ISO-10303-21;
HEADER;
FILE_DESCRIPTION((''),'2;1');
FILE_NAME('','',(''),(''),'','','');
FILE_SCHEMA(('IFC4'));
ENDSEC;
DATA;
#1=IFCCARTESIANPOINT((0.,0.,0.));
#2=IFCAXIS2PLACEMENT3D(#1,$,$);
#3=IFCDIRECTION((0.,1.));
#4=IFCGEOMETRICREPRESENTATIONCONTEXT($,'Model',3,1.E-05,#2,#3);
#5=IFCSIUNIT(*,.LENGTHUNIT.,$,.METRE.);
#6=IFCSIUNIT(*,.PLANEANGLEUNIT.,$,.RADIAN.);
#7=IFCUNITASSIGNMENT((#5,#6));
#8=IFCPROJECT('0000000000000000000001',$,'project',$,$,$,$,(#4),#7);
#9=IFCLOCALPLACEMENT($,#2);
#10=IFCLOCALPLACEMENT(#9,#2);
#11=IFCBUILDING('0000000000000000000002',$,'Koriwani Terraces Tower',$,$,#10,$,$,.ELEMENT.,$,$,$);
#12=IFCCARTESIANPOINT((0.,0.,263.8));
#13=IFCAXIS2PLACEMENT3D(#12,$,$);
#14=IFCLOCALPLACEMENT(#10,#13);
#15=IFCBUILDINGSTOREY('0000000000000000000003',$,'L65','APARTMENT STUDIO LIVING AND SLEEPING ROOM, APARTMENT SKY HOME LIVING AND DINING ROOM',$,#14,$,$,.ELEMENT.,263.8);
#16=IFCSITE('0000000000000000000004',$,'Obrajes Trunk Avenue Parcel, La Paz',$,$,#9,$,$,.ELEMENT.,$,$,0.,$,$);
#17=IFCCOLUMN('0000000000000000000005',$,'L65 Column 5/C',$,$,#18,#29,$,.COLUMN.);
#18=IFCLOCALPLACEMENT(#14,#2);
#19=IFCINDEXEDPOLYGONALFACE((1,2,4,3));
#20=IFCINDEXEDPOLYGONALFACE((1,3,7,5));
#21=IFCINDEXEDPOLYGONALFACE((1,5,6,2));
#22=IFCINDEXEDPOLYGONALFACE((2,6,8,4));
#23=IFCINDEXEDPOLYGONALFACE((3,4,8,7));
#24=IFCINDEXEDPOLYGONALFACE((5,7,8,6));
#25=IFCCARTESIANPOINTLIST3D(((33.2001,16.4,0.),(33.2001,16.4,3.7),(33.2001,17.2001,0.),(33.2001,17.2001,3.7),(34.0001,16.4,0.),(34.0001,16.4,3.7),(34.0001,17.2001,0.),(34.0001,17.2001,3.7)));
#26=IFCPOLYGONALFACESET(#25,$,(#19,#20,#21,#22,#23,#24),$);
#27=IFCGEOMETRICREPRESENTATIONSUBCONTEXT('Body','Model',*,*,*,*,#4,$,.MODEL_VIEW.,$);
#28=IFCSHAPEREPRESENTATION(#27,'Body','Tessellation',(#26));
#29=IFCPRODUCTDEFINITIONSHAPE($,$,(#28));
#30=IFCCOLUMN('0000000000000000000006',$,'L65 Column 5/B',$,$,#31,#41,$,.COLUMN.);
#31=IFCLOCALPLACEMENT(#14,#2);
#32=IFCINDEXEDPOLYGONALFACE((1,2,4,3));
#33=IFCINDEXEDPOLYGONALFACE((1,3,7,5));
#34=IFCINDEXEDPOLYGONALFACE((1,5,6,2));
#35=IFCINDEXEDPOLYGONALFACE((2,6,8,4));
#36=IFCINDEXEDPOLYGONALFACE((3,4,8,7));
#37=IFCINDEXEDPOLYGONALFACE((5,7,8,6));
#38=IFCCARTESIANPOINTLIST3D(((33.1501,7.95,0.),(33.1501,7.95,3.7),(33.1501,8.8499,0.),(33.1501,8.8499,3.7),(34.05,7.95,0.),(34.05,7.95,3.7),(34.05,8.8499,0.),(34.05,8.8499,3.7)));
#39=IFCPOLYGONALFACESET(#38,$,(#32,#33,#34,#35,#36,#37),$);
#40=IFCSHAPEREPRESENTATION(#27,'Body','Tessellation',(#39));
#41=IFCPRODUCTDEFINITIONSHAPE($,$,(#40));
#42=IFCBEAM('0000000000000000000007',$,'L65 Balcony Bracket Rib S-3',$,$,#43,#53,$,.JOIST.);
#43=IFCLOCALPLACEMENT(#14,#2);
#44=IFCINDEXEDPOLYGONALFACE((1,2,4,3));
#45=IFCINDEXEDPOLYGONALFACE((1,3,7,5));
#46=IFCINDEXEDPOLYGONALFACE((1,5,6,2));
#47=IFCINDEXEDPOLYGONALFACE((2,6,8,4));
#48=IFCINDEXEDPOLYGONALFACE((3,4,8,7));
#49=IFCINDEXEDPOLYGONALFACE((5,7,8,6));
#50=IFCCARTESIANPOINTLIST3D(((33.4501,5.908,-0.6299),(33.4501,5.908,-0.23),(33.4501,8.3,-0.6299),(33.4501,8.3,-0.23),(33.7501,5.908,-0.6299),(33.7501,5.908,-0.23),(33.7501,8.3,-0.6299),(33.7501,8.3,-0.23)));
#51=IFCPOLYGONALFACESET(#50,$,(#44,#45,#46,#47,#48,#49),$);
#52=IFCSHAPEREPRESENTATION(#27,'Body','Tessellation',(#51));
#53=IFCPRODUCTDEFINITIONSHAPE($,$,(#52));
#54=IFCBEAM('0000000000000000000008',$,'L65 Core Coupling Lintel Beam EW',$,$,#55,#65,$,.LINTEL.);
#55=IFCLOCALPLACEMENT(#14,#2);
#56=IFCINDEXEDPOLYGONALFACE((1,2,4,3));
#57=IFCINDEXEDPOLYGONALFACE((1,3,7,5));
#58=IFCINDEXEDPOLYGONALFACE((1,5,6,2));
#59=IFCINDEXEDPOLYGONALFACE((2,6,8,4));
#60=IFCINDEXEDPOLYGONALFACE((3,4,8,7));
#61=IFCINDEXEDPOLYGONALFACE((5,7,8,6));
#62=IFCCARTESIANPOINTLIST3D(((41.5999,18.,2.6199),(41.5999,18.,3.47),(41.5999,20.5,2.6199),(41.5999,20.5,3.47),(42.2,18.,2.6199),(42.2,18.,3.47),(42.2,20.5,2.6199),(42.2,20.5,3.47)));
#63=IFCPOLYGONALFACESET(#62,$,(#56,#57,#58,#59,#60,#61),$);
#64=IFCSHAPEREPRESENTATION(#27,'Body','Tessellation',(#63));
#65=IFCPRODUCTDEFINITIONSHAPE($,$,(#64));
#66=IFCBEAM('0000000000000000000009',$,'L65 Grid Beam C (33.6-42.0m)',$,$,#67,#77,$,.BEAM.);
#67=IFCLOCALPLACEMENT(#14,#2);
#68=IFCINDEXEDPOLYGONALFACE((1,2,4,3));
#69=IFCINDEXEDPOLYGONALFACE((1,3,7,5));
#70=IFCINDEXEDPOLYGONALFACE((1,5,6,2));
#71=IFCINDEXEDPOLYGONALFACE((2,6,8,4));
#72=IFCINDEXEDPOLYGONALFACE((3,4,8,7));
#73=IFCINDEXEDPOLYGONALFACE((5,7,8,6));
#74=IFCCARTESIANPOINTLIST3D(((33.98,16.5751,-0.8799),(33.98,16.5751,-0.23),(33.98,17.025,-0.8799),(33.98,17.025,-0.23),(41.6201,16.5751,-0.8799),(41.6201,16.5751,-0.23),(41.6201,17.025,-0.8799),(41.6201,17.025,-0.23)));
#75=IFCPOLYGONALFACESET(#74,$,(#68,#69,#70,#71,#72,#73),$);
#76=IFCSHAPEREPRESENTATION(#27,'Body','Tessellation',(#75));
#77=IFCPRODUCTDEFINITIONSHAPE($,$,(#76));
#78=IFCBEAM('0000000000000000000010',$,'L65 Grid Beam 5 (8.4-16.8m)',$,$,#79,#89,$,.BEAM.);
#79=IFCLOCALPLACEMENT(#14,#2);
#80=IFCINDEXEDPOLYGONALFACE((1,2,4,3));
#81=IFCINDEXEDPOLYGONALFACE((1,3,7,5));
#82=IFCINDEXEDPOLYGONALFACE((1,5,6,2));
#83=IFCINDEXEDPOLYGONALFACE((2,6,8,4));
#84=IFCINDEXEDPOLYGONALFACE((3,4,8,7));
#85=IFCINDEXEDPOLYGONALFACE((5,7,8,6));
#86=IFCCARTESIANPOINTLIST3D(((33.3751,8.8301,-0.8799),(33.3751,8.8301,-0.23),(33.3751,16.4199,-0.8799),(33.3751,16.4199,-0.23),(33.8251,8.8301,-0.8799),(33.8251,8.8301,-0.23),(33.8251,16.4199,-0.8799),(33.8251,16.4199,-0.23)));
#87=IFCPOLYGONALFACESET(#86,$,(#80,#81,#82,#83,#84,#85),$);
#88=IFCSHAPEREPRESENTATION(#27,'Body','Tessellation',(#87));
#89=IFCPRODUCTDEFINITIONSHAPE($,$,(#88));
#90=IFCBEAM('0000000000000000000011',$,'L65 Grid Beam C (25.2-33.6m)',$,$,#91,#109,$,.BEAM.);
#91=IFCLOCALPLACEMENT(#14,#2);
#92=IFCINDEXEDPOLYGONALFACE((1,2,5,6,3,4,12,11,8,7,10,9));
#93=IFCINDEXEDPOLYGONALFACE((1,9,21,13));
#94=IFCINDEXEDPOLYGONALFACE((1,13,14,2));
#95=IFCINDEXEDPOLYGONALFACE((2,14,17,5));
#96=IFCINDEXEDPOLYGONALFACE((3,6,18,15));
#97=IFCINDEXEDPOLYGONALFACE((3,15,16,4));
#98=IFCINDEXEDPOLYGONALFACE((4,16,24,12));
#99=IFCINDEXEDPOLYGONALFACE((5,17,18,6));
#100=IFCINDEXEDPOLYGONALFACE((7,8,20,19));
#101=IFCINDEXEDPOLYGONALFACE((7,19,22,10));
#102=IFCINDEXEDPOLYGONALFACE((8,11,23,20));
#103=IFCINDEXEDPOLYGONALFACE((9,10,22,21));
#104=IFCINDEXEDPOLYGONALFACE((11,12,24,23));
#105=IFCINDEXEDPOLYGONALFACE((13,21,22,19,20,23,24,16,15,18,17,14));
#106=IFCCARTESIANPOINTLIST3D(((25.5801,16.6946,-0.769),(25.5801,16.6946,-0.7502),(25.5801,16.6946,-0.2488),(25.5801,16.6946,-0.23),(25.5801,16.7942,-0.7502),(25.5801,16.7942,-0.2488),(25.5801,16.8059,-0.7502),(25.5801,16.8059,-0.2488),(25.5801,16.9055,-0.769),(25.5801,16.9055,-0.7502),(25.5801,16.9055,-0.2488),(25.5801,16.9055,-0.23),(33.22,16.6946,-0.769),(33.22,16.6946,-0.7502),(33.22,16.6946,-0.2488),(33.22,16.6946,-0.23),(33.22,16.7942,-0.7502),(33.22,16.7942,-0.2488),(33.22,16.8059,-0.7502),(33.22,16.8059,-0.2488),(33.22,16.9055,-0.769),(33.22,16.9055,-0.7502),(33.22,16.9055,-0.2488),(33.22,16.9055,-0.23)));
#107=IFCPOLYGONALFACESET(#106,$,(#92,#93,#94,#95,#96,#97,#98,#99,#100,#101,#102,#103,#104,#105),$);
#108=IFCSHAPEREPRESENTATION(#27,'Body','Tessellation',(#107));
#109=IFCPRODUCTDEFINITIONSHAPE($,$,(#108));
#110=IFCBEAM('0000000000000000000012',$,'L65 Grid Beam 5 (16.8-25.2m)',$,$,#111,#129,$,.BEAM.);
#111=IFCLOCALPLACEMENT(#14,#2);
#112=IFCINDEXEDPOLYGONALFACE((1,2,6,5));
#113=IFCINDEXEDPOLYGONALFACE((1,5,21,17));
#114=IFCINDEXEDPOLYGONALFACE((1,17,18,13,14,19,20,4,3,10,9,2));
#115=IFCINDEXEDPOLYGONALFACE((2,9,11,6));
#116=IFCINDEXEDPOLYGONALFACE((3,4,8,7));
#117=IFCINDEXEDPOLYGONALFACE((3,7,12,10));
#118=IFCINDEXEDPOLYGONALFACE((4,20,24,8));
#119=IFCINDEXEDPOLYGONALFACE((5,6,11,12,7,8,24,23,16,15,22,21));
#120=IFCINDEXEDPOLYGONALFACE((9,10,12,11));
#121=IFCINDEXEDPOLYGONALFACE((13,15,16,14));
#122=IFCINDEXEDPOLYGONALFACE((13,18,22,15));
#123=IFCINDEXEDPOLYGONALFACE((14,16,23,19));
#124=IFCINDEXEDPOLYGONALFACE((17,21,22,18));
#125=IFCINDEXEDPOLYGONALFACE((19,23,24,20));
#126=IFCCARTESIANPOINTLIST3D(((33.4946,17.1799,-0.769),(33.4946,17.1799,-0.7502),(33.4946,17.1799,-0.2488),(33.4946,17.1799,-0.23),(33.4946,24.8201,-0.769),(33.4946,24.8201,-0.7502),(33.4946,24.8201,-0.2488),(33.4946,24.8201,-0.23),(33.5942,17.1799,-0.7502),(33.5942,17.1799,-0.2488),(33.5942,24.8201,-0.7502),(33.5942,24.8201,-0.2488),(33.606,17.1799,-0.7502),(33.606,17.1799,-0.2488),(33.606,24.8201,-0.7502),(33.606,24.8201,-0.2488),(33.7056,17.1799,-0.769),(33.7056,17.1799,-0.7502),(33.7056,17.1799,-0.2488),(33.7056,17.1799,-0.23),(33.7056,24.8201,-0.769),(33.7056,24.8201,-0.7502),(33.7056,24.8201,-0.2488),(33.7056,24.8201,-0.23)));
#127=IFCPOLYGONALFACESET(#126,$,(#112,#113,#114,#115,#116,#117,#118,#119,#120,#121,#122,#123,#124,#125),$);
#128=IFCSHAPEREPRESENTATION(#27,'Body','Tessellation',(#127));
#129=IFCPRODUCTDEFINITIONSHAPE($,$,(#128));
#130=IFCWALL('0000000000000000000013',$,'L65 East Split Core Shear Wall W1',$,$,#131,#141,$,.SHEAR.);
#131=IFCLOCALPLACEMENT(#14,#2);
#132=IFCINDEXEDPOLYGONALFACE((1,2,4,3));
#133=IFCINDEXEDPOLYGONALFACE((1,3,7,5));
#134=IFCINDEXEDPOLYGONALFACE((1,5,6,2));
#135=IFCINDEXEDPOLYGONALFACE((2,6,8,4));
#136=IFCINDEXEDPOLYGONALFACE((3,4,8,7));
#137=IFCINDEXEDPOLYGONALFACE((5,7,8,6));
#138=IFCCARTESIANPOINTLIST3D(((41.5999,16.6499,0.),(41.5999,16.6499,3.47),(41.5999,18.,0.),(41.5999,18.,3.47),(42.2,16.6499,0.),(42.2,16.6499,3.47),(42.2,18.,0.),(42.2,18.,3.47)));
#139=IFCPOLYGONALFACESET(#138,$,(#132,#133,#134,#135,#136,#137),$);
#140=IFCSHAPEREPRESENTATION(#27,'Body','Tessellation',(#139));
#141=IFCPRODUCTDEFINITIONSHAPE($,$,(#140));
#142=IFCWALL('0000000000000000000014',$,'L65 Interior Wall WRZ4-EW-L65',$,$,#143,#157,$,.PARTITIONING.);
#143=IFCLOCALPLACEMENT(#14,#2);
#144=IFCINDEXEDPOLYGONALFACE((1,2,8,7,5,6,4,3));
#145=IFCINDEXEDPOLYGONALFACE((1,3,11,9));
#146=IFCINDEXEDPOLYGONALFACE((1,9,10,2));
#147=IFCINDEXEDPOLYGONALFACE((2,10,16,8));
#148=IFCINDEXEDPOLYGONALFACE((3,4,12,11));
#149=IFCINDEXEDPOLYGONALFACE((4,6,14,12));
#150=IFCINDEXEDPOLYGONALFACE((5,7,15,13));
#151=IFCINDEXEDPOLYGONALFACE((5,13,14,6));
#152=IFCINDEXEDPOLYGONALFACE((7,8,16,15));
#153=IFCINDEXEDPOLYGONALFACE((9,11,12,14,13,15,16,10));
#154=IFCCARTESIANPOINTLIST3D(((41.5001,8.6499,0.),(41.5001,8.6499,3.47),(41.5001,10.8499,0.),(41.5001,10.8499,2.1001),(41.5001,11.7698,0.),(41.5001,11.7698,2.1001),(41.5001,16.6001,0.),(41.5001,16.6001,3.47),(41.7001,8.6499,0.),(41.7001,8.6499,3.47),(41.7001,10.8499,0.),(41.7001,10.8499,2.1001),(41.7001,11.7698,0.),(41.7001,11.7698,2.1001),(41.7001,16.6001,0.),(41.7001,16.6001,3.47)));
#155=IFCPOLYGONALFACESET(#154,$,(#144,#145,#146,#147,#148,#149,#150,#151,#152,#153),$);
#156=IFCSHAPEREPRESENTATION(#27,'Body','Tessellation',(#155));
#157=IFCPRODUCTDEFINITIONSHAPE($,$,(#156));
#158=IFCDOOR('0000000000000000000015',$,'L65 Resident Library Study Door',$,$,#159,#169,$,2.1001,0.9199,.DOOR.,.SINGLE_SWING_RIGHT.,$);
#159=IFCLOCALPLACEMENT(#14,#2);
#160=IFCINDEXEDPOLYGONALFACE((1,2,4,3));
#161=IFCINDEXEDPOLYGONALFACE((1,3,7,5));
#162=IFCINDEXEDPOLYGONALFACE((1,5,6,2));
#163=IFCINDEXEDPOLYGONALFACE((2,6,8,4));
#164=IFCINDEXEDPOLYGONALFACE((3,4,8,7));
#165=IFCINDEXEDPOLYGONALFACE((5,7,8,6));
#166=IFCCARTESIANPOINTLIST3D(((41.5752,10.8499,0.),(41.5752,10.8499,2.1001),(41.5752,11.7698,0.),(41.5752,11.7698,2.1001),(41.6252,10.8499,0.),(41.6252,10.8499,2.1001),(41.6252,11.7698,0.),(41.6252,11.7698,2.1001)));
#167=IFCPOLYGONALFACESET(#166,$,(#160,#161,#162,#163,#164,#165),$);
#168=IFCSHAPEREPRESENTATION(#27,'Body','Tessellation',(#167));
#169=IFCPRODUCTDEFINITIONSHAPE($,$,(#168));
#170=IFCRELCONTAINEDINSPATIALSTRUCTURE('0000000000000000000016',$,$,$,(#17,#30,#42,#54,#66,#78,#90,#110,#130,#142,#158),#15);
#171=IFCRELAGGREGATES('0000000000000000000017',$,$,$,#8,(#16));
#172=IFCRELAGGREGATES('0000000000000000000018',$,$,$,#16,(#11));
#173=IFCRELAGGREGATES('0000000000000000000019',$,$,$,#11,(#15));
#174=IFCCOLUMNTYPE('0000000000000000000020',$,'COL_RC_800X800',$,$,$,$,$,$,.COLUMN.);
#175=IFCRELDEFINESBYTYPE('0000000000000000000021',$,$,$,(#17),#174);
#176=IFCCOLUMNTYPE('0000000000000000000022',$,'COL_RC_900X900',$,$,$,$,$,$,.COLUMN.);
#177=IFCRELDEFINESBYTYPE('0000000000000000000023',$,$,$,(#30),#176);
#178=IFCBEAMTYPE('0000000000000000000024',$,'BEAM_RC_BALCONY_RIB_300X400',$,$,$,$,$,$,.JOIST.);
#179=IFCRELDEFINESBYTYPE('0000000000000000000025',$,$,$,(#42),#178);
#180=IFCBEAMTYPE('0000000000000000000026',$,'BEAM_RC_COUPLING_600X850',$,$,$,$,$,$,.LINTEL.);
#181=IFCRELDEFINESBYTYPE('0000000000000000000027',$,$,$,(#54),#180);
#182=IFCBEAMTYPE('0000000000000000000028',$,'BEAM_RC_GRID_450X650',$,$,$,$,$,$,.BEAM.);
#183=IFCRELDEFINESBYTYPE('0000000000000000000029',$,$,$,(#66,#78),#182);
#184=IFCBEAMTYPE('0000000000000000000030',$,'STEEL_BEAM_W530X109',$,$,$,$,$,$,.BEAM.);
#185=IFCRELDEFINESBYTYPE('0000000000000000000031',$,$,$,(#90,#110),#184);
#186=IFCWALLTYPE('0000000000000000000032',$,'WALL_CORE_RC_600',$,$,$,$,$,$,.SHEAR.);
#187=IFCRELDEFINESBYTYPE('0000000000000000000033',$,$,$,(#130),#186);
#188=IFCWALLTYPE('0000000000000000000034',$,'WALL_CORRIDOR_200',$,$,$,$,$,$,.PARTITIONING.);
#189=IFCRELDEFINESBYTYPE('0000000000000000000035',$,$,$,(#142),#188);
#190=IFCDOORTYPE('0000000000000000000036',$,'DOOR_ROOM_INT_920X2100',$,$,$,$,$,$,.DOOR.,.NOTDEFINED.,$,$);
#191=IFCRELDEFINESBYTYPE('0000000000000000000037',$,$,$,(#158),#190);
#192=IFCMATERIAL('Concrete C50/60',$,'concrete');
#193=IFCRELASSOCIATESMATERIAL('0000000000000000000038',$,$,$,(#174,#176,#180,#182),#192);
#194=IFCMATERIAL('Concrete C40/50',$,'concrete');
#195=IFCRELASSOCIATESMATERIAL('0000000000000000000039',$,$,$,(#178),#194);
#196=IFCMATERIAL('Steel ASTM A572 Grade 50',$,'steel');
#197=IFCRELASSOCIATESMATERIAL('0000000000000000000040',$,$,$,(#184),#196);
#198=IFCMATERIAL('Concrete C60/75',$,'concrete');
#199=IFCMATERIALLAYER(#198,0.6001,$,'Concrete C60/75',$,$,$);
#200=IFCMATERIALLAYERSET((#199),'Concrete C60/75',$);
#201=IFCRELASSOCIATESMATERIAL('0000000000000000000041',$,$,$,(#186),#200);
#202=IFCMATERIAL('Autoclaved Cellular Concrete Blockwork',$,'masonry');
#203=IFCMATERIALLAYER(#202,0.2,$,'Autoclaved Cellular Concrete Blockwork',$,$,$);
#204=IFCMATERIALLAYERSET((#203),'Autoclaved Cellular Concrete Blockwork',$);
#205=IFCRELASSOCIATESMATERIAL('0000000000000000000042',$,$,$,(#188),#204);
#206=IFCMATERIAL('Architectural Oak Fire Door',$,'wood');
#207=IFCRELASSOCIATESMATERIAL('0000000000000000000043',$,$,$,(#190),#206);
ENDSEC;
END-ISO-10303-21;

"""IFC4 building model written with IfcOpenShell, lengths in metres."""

from ifc_helpers import new_model, si_unit, direction, frame, frame_2d, origin, origin_2d, place, context, subcontext, project, spatial, rectangle, i_section, extrude, material, layer, layer_set, material_profile, profile_set, type_object, element, fill, save


model = new_model("IFC4")

# Units and contexts
model_context = context("Model", 3, precision=1e-05, world=origin(), true_north=direction((0.0, 1.0)))
body_context = subcontext(model_context, "Body", "Model", "MODEL_VIEW")
ifc_project = project(units=[si_unit("LENGTHUNIT", "METRE"), si_unit("PLANEANGLEUNIT", "RADIAN")], contexts=[model_context])

# Site, building, storey
site_placement = place(None, origin())
site = spatial("IfcSite", under=ifc_project, at=site_placement, Name="Obrajes Trunk Avenue Parcel, La Paz", CompositionType="ELEMENT", RefElevation=0.0)
building_placement = place(site_placement, origin())
building = spatial("IfcBuilding", under=site, at=building_placement, Name="Koriwani Terraces Tower", CompositionType="ELEMENT")
storey_placement = place(building_placement, frame((0.0, 0.0, 263.8)))
storey = spatial("IfcBuildingStorey", under=building, at=storey_placement, Name="L65", Description="APARTMENT STUDIO LIVING AND SLEEPING ROOM, APARTMENT SKY HOME LIVING AND DINING ROOM", CompositionType="ELEMENT", Elevation=263.8)

# Columns
ifc_material_1 = material(Name="Concrete C50/60", Category="concrete")
ifc_material_profile_1 = material_profile(ifc_material_1, rectangle(XDim=0.8, YDim=0.8, at=origin_2d()), Name="Concrete C50/60", Category="LoadBearing")
ifc_profile_set_1 = profile_set([ifc_material_profile_1], Name="Concrete C50/60")
column_type_1 = type_object("IfcColumnType", Name="COL_RC_800X800", PredefinedType="COLUMN", material=ifc_profile_set_1)
column_1_placement = place(storey_placement, frame((33.6001, 16.8, 0.0), z_axis=(0.0, 0.0, 1.0), x_axis=(1.0, 0.0, 0.0)))
element("IfcColumn", 1, at=column_1_placement, inside=storey, type_object=column_type_1, Name="L65 Column 5/C", PredefinedType="COLUMN", context=body_context, shape_type="SweptSolid", body=[
    extrude(rectangle(XDim=0.8, YDim=0.8, at=origin_2d()), origin(), (0.0, 0.0, 1.0), 3.7),
])
ifc_material_profile_2 = material_profile(ifc_material_1, rectangle(XDim=0.8999, YDim=0.8999, at=origin_2d()), Name="Concrete C50/60", Category="LoadBearing")
ifc_profile_set_2 = profile_set([ifc_material_profile_2], Name="Concrete C50/60")
column_type_2 = type_object("IfcColumnType", Name="COL_RC_900X900", PredefinedType="COLUMN", material=ifc_profile_set_2)
column_2_placement = place(storey_placement, frame((33.6001, 8.3999, 0.0), z_axis=(0.0, 0.0, 1.0), x_axis=(1.0, 0.0, 0.0)))
element("IfcColumn", 2, at=column_2_placement, inside=storey, type_object=column_type_2, Name="L65 Column 5/B", PredefinedType="COLUMN", context=body_context, shape_type="SweptSolid", body=[
    extrude(rectangle(XDim=0.8999, YDim=0.8999, at=origin_2d()), origin(), (0.0, 0.0, 1.0), 3.7),
])

# Beams
ifc_material_2 = material(Name="Concrete C40/50", Category="concrete")
ifc_material_profile_3 = material_profile(ifc_material_2, rectangle(XDim=0.3, YDim=0.3999, at=origin_2d()), Name="Concrete C40/50", Category="LoadBearing")
ifc_profile_set_3 = profile_set([ifc_material_profile_3], Name="Concrete C40/50")
beam_type_1 = type_object("IfcBeamType", Name="BEAM_RC_BALCONY_RIB_300X400", PredefinedType="JOIST", material=ifc_profile_set_3)
beam_1_placement = place(storey_placement, frame((33.6001, 5.908, -0.4299), z_axis=(0.0, 1.0, 0.0), x_axis=(-1.0, 0.0, 0.0)))
element("IfcBeam", 3, at=beam_1_placement, inside=storey, type_object=beam_type_1, Name="L65 Balcony Bracket Rib S-3", PredefinedType="JOIST", context=body_context, shape_type="SweptSolid", body=[
    extrude(rectangle(XDim=0.3, YDim=0.3999, at=origin_2d()), origin(), (0.0, 0.0, 1.0), 2.3921),
])
ifc_material_profile_4 = material_profile(ifc_material_1, rectangle(XDim=0.6001, YDim=0.8501, at=origin_2d()), Name="Concrete C50/60", Category="LoadBearing")
ifc_profile_set_4 = profile_set([ifc_material_profile_4], Name="Concrete C50/60")
beam_type_2 = type_object("IfcBeamType", Name="BEAM_RC_COUPLING_600X850", PredefinedType="LINTEL", material=ifc_profile_set_4)
beam_2_placement = place(storey_placement, frame((41.8999, 18.0, 3.0449), z_axis=(0.0, 1.0, 0.0), x_axis=(-1.0, 0.0, 0.0)))
element("IfcBeam", 4, at=beam_2_placement, inside=storey, type_object=beam_type_2, Name="L65 Core Coupling Lintel Beam EW", PredefinedType="LINTEL", context=body_context, shape_type="SweptSolid", body=[
    extrude(rectangle(XDim=0.6001, YDim=0.8501, at=origin_2d()), origin(), (0.0, 0.0, 1.0), 2.5),
])
ifc_material_profile_5 = material_profile(ifc_material_1, rectangle(XDim=0.45, YDim=0.6499, at=origin_2d()), Name="Concrete C50/60", Category="LoadBearing")
ifc_profile_set_5 = profile_set([ifc_material_profile_5], Name="Concrete C50/60")
beam_type_3 = type_object("IfcBeamType", Name="BEAM_RC_GRID_450X650", PredefinedType="BEAM", material=ifc_profile_set_5)
beam_3_placement = place(storey_placement, frame((33.98, 16.8, -0.5549), z_axis=(1.0, 0.0, 0.0), x_axis=(0.0, 1.0, 0.0)))
element("IfcBeam", 5, at=beam_3_placement, inside=storey, type_object=beam_type_3, Name="L65 Grid Beam C (33.6-42.0m)", PredefinedType="BEAM", context=body_context, shape_type="SweptSolid", body=[
    extrude(rectangle(XDim=0.45, YDim=0.6499, at=origin_2d()), origin(), (0.0, 0.0, 1.0), 7.6401),
])
beam_4_placement = place(storey_placement, frame((33.6001, 8.8301, -0.5549), z_axis=(0.0, 1.0, 0.0), x_axis=(-1.0, 0.0, 0.0)))
element("IfcBeam", 6, at=beam_4_placement, inside=storey, type_object=beam_type_3, Name="L65 Grid Beam 5 (8.4-16.8m)", PredefinedType="BEAM", context=body_context, shape_type="SweptSolid", body=[
    extrude(rectangle(XDim=0.45, YDim=0.6499, at=origin_2d()), origin(), (0.0, 0.0, 1.0), 7.5898),
])
ifc_material_3 = material(Name="Steel ASTM A572 Grade 50", Category="steel")
ifc_material_profile_6 = material_profile(ifc_material_3, i_section(OverallWidth=0.2109, OverallDepth=0.5391, WebThickness=0.0117, FlangeThickness=0.0188, at=origin_2d()), Name="Steel ASTM A572 Grade 50", Category="LoadBearing")
ifc_profile_set_6 = profile_set([ifc_material_profile_6], Name="Steel ASTM A572 Grade 50")
beam_type_4 = type_object("IfcBeamType", Name="STEEL_BEAM_W530X109", PredefinedType="BEAM", material=ifc_profile_set_6)
beam_5_placement = place(storey_placement, frame((25.5801, 16.8, -0.4995), z_axis=(1.0, 0.0, 0.0), x_axis=(0.0, 1.0, 0.0)))
element("IfcBeam", 7, at=beam_5_placement, inside=storey, type_object=beam_type_4, Name="L65 Grid Beam C (25.2-33.6m)", PredefinedType="BEAM", context=body_context, shape_type="SweptSolid", body=[
    extrude(i_section(OverallWidth=0.2109, OverallDepth=0.5391, WebThickness=0.0117, FlangeThickness=0.0188, at=origin_2d()), origin(), (0.0, 0.0, 1.0), 7.6399),
])
beam_6_placement = place(storey_placement, frame((33.6001, 17.1799, -0.4995), z_axis=(0.0, 1.0, 0.0), x_axis=(-1.0, 0.0, 0.0)))
element("IfcBeam", 8, at=beam_6_placement, inside=storey, type_object=beam_type_4, Name="L65 Grid Beam 5 (16.8-25.2m)", PredefinedType="BEAM", context=body_context, shape_type="SweptSolid", body=[
    extrude(i_section(OverallWidth=0.2109, OverallDepth=0.5391, WebThickness=0.0117, FlangeThickness=0.0188, at=origin_2d()), origin(), (0.0, 0.0, 1.0), 7.6401),
])

# Wall
ifc_material_4 = material(Name="Concrete C60/75", Category="concrete")
ifc_layer_1 = layer(ifc_material_4, 0.6001, Name="Concrete C60/75")
ifc_layer_set_1 = layer_set([ifc_layer_1], Name="Concrete C60/75")
wall_type_1 = type_object("IfcWallType", Name="WALL_CORE_RC_600", PredefinedType="SHEAR", material=ifc_layer_set_1)
wall_1_placement = place(storey_placement, frame((41.8999, 16.6499, 0.0), z_axis=(0.0, 0.0, 1.0), x_axis=(0.0, 1.0, 0.0)))
element("IfcWall", 9, at=wall_1_placement, inside=storey, type_object=wall_type_1, Name="L65 East Split Core Shear Wall W1", PredefinedType="SHEAR", context=body_context, shape_type="SweptSolid", body=[
    extrude(rectangle(XDim=1.3501, YDim=0.6001, at=frame_2d((0.675, 0.0))), origin(), (0.0, 0.0, 1.0), 3.47),
])

# Wall, opening, door
ifc_material_5 = material(Name="Autoclaved Cellular Concrete Blockwork", Category="masonry")
ifc_layer_2 = layer(ifc_material_5, 0.2, Name="Autoclaved Cellular Concrete Blockwork")
ifc_layer_set_2 = layer_set([ifc_layer_2], Name="Autoclaved Cellular Concrete Blockwork")
wall_type_2 = type_object("IfcWallType", Name="WALL_CORRIDOR_200", PredefinedType="PARTITIONING", material=ifc_layer_set_2)
wall_2_placement = place(storey_placement, frame((41.6001, 8.6499, 0.0), z_axis=(0.0, 0.0, 1.0), x_axis=(0.0, 1.0, 0.0)))
wall_2 = element("IfcWall", 10, at=wall_2_placement, inside=storey, type_object=wall_type_2, Name="L65 Interior Wall WRZ4-EW-L65", PredefinedType="PARTITIONING", context=body_context, shape_type="SweptSolid", body=[
    extrude(rectangle(XDim=7.9502, YDim=0.2, at=frame_2d((3.9751, 0.0))), origin(), (0.0, 0.0, 1.0), 3.47),
])
opening_1_placement = place(wall_2_placement, frame((2.2, 0.0, 0.0)))
opening_1 = element("IfcOpeningElement", 11, at=opening_1_placement, cuts=wall_2, PredefinedType="OPENING", context=body_context, shape_type="SweptSolid", body=[
    extrude(rectangle(XDim=0.9199, YDim=2.1001, at=frame_2d((0.46, 1.05))), frame((0.0, 0.1099, 0.0), z_axis=(0.0, -1.0, 0.0), x_axis=(1.0, 0.0, 0.0)), (0.0, 0.0, 1.0), 0.22),
])
ifc_material_6 = material(Name="Architectural Oak Fire Door", Category="wood")
door_type_1 = type_object("IfcDoorType", Name="DOOR_ROOM_INT_920X2100", OperationType="NOTDEFINED", PredefinedType="DOOR", material=ifc_material_6)
door_1_placement = place(opening_1_placement, origin())
door_1 = element("IfcDoor", 12, at=door_1_placement, inside=storey, type_object=door_type_1, Name="L65 Resident Library Study Door", OperationType="SINGLE_SWING_RIGHT", OverallHeight=2.1001, OverallWidth=0.9199, PredefinedType="DOOR", context=body_context, shape_type="SweptSolid", body=[
    extrude(rectangle(XDim=0.9199, YDim=2.1001, at=frame_2d((0.46, 1.05))), frame((0.0, 0.0249, 0.0), z_axis=(0.0, -1.0, 0.0), x_axis=(1.0, 0.0, 0.0)), (0.0, 0.0, 1.0), 0.05),
])
fill(opening_1, door_1)

save(model, "model.ifc")
